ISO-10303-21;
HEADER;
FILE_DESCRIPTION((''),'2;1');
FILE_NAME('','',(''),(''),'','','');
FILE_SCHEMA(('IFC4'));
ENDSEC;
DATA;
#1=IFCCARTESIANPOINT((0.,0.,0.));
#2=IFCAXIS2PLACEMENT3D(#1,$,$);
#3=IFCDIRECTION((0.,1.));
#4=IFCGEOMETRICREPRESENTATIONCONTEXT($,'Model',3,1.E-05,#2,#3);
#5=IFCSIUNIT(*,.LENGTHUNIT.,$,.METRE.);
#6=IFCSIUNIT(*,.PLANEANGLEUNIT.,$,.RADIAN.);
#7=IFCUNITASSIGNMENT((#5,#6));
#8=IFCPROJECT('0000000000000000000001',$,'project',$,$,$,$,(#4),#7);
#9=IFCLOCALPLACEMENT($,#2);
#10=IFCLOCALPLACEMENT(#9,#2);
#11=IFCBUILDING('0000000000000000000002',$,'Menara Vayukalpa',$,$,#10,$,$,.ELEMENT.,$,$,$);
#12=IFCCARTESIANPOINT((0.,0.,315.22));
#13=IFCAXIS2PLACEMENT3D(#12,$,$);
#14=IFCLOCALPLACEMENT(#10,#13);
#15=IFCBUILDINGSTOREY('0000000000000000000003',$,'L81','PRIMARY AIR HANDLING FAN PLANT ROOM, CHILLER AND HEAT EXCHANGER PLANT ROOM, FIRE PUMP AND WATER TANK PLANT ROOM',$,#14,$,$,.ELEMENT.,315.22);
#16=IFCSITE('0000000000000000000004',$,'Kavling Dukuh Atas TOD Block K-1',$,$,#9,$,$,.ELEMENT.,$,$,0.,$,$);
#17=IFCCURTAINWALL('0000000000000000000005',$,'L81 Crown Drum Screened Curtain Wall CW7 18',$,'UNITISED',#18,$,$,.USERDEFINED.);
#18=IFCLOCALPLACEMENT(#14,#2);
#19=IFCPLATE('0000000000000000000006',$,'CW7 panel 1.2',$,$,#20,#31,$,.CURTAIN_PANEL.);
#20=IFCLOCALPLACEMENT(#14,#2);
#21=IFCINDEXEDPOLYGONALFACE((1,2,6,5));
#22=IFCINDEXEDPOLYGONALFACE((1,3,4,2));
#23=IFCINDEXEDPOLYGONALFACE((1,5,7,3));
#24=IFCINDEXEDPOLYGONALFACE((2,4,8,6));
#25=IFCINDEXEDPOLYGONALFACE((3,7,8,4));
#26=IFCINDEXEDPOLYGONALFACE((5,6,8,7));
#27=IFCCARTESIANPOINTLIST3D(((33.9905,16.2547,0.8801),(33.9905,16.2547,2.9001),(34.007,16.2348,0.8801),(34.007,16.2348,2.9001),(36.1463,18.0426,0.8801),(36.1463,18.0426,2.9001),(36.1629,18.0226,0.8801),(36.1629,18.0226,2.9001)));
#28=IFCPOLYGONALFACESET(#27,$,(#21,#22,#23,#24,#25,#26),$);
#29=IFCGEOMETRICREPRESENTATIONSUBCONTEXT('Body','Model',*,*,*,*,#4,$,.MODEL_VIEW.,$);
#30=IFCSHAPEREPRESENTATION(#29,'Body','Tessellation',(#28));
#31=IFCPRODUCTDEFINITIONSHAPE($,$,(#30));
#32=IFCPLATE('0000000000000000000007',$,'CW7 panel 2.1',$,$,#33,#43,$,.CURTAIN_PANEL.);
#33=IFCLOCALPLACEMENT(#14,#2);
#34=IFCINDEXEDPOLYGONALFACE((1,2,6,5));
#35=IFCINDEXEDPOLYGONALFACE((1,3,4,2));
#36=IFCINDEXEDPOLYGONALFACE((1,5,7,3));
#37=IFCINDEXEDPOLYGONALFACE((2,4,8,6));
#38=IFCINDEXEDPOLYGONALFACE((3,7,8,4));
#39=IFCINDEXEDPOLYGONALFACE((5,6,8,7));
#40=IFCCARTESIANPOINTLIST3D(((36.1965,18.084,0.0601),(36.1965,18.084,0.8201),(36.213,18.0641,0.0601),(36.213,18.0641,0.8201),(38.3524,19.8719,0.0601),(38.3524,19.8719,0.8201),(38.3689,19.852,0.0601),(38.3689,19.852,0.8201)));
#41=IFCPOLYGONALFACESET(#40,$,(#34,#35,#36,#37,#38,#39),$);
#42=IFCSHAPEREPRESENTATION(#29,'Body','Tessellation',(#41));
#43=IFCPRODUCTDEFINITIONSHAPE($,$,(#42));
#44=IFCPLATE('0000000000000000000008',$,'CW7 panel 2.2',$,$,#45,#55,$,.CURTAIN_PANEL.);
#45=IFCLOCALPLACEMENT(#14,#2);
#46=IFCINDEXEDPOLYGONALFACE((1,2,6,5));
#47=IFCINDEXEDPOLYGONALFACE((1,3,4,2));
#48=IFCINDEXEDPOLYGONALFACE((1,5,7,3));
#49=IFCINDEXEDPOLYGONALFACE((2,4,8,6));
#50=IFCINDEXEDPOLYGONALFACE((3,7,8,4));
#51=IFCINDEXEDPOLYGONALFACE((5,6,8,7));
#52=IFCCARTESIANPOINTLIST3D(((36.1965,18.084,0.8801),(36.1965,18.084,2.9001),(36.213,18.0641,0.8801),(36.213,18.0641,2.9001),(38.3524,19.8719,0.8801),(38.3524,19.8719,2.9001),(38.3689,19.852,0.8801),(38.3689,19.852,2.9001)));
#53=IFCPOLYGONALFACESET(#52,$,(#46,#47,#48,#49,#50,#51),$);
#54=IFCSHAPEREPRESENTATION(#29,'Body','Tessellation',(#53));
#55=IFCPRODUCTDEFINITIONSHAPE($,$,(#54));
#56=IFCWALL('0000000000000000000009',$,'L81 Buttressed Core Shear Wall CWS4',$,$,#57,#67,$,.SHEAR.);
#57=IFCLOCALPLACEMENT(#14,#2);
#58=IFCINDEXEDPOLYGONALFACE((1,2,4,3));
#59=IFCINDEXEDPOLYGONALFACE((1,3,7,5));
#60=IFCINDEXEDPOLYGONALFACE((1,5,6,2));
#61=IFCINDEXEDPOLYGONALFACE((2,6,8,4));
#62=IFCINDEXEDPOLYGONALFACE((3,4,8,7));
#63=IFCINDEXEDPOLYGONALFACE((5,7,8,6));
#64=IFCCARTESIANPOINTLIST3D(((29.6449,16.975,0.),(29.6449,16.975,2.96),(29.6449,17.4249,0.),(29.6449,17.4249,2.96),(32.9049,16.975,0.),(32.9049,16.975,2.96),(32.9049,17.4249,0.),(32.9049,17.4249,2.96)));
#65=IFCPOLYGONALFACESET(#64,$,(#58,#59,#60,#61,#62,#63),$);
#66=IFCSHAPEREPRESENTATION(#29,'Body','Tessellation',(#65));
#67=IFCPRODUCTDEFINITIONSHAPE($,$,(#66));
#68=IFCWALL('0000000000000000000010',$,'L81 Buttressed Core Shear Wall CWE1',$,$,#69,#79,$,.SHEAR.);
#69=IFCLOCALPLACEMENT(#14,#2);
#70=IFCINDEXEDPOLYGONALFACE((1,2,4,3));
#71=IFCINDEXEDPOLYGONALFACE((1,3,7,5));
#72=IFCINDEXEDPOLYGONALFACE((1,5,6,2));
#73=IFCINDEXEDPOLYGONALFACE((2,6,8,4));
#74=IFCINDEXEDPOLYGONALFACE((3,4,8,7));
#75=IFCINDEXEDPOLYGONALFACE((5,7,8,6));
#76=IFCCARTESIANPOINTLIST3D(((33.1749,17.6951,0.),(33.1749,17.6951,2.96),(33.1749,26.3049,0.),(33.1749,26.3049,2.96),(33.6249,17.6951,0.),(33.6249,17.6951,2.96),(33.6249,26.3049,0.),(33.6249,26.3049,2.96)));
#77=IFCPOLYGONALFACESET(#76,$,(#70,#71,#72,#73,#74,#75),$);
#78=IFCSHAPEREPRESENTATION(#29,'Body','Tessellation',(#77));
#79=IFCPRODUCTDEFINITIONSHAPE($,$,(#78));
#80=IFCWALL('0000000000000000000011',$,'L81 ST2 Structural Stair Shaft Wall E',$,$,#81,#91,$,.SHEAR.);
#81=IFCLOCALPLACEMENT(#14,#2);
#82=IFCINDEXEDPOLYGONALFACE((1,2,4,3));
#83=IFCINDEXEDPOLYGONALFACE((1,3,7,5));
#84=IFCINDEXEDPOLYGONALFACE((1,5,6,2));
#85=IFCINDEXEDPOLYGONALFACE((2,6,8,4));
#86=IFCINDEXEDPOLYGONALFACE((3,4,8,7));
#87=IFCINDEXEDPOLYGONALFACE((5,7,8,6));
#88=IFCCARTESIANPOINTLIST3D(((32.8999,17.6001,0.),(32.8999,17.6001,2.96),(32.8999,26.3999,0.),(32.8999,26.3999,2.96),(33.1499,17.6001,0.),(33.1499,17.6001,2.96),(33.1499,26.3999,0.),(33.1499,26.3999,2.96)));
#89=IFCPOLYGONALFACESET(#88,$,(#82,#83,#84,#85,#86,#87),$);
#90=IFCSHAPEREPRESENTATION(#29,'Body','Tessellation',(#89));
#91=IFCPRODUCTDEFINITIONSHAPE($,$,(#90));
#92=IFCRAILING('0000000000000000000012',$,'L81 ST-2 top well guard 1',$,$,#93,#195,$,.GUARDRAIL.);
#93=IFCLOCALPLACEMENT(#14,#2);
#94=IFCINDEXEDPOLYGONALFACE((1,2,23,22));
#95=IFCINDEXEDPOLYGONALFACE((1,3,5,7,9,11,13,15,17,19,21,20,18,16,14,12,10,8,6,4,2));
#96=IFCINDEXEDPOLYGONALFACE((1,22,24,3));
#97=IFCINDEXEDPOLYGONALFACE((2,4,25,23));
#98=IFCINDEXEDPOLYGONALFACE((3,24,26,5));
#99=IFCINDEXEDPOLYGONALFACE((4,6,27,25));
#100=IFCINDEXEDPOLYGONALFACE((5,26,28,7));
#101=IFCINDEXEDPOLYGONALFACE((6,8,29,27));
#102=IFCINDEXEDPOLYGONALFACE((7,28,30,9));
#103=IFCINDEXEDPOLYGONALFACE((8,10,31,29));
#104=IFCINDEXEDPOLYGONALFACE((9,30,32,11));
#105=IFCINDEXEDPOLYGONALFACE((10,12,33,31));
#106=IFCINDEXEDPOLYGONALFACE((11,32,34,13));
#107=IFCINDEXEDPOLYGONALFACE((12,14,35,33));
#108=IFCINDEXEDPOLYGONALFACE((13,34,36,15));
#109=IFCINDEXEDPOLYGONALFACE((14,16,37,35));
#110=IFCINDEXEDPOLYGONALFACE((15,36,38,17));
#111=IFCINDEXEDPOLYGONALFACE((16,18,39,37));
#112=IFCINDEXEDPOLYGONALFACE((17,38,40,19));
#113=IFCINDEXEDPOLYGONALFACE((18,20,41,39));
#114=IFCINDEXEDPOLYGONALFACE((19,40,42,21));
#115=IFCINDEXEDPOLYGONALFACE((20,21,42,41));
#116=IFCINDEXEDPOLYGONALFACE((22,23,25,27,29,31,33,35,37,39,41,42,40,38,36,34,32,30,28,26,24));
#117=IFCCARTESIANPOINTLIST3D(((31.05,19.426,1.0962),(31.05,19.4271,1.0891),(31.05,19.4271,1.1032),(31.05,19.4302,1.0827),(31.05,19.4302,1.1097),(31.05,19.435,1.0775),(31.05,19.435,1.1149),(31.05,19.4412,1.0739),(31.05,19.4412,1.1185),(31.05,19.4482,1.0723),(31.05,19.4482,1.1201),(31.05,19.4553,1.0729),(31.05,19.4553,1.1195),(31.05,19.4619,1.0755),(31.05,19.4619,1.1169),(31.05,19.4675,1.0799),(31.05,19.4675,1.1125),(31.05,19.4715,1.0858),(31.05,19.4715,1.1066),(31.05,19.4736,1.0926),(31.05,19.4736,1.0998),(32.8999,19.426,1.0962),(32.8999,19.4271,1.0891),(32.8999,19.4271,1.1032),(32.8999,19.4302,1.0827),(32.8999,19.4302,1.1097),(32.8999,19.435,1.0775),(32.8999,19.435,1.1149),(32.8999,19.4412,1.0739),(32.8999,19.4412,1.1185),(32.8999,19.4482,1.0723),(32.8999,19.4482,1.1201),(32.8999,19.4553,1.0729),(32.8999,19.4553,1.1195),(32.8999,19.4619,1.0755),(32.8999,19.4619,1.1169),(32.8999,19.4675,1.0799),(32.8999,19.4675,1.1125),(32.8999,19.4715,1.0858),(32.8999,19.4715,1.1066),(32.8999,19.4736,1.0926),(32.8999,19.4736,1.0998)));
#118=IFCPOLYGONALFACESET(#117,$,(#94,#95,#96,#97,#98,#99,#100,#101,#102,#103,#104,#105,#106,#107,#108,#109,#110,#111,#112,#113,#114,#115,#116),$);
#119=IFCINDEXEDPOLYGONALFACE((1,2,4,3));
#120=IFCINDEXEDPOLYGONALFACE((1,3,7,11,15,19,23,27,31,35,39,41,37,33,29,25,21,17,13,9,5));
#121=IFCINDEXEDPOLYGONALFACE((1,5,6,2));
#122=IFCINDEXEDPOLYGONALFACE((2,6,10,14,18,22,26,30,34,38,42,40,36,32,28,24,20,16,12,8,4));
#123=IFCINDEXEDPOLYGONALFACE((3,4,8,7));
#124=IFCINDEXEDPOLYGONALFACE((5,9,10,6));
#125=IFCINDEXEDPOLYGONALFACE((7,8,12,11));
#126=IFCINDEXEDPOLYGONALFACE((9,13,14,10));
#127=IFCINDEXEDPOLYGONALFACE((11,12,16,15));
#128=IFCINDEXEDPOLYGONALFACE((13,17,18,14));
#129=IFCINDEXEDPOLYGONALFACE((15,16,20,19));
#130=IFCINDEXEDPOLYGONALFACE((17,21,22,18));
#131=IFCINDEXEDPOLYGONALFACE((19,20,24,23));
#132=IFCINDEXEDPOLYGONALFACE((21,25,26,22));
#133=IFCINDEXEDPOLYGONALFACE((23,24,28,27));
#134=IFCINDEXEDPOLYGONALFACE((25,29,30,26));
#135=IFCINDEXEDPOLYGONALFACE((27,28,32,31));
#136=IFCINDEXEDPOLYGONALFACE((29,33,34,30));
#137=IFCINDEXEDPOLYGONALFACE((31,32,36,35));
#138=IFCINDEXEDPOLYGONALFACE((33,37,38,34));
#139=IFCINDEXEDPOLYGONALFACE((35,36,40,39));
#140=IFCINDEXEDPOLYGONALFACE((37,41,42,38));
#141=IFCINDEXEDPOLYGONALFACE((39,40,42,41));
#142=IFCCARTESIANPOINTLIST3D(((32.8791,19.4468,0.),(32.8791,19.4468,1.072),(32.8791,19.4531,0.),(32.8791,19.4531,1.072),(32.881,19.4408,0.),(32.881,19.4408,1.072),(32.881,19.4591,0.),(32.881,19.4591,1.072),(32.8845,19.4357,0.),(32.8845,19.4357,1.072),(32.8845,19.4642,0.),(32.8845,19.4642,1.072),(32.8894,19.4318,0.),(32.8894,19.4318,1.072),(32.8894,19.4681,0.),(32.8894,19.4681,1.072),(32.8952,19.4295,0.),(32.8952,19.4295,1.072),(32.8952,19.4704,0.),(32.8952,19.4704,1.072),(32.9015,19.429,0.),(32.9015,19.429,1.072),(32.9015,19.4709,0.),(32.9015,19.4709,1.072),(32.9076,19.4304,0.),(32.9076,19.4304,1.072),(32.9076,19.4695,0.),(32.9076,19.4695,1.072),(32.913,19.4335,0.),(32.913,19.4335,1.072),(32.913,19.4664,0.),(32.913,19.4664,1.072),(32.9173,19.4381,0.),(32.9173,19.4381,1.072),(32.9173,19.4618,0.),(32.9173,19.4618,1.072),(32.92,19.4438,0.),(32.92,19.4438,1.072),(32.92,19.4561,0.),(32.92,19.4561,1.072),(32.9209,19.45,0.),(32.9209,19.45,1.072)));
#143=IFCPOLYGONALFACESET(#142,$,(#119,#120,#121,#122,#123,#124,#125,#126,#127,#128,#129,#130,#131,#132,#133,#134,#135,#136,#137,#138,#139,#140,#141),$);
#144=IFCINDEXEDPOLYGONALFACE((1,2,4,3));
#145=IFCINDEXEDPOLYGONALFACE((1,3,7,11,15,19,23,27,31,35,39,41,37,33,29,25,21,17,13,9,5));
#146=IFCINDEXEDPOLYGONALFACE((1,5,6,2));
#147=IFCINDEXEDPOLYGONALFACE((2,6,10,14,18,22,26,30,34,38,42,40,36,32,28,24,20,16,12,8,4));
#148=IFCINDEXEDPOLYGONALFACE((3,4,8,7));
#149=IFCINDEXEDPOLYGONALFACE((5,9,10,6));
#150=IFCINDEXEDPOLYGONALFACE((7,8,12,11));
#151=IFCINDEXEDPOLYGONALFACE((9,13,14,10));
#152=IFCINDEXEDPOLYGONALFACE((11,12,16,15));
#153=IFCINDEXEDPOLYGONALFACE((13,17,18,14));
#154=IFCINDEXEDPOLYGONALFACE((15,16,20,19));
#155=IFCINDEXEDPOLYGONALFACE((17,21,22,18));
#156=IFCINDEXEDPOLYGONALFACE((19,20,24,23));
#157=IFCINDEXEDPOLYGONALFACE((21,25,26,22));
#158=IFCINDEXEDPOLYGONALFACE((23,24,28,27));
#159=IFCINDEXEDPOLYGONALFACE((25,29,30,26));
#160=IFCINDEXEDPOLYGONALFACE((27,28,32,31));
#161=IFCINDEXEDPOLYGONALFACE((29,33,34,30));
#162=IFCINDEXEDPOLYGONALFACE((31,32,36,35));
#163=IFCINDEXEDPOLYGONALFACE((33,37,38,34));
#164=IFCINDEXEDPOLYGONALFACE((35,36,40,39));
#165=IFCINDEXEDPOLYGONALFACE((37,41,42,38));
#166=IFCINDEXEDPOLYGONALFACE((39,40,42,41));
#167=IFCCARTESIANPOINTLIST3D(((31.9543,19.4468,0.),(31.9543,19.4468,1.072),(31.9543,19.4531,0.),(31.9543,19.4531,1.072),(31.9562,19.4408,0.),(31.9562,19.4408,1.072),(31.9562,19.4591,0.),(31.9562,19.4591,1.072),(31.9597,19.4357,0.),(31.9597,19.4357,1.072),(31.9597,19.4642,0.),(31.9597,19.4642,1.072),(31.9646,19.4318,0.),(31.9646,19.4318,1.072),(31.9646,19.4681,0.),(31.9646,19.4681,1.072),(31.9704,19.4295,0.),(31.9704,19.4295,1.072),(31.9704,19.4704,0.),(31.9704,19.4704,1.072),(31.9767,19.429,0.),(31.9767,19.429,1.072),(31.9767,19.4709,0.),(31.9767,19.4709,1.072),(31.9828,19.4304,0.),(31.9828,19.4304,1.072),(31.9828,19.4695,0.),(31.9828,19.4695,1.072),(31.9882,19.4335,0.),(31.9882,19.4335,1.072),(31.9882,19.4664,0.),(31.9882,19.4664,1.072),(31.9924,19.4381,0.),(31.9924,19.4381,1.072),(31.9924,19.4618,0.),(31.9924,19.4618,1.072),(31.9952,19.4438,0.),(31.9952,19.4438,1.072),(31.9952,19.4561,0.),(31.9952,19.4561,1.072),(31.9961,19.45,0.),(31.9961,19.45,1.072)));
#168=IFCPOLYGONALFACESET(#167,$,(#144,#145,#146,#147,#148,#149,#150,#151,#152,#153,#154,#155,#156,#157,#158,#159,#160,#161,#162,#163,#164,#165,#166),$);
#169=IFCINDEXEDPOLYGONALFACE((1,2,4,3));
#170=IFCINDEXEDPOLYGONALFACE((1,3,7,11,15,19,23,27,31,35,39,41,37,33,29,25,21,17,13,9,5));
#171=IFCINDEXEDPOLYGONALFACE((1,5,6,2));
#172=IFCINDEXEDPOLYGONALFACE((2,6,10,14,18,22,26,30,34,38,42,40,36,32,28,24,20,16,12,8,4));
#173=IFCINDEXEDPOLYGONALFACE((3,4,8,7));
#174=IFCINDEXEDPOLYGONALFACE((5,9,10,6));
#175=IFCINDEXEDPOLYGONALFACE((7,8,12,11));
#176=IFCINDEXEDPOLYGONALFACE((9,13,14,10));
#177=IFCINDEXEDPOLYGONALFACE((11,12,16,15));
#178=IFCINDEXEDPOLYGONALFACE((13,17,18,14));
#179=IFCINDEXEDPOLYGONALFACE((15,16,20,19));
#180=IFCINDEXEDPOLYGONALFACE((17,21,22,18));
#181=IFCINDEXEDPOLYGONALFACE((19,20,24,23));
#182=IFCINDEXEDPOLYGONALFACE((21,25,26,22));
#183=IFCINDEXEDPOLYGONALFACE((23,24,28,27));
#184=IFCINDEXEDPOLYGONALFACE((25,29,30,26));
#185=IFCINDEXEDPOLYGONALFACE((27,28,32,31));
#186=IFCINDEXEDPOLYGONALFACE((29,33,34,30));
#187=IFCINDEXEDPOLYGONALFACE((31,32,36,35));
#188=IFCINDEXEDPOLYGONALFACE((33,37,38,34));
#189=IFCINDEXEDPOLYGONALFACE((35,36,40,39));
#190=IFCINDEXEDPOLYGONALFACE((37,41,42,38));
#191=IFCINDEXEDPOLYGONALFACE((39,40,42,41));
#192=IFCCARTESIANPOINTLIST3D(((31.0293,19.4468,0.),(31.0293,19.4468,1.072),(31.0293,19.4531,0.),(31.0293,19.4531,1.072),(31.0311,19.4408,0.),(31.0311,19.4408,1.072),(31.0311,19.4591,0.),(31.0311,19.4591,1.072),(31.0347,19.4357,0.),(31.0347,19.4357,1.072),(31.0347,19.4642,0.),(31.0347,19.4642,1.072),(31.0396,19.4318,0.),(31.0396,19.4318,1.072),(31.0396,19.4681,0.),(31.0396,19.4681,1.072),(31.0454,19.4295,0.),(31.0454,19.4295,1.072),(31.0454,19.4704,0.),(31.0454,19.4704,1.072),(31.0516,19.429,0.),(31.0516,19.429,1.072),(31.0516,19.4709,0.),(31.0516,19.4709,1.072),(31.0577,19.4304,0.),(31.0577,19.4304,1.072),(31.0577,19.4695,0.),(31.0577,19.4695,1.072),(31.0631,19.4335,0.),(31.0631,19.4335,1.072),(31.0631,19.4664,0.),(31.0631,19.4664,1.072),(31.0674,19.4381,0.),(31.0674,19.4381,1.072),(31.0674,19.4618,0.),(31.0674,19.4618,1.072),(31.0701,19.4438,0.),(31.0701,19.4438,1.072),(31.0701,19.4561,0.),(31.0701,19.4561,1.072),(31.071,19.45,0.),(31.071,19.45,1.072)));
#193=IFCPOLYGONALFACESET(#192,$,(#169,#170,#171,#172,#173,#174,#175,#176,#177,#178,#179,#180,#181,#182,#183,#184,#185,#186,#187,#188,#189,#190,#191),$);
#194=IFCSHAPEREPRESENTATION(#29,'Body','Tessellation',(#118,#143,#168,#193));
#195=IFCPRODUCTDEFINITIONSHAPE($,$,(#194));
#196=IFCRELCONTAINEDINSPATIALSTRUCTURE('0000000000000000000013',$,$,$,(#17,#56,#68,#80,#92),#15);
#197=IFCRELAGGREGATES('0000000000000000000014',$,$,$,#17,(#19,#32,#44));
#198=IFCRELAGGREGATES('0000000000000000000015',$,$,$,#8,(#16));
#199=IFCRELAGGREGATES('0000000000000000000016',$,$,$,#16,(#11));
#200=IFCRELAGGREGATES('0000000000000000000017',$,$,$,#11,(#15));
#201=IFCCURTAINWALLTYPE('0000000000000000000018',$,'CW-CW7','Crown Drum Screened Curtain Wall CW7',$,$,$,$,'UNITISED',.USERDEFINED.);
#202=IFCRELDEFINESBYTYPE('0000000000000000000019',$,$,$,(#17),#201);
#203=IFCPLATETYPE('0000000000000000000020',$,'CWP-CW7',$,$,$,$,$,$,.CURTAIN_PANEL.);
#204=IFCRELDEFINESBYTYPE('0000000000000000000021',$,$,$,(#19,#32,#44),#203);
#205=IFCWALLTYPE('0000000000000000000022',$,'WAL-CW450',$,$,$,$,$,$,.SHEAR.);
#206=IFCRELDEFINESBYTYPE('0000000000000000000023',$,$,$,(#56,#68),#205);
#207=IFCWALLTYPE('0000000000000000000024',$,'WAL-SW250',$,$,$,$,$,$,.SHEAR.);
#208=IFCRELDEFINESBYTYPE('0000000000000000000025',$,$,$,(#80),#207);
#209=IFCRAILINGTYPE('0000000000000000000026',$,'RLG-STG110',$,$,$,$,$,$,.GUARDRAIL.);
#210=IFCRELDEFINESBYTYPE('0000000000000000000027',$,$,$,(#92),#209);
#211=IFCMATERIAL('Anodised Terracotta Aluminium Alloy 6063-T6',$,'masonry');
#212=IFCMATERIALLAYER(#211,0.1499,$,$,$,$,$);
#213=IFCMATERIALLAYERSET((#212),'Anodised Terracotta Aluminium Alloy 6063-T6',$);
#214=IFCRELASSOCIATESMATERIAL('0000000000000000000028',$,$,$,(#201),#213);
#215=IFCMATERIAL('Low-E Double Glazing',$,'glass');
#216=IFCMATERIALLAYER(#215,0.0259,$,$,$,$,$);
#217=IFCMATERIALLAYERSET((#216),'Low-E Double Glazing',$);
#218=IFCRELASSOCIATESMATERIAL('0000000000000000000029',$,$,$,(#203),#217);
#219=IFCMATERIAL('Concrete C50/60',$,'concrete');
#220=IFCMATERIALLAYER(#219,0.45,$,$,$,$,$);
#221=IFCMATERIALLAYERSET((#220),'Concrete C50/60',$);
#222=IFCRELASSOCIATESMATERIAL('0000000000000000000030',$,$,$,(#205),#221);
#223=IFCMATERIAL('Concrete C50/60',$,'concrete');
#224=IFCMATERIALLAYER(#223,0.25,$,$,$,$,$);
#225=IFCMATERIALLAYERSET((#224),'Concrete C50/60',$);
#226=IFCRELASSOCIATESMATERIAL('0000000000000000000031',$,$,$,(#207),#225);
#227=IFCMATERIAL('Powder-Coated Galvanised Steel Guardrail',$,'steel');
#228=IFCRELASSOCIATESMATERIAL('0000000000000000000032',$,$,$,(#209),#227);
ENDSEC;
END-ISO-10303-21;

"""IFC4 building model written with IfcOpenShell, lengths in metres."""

from ifc_helpers import new_model, si_unit, direction, frame, frame_2d, origin, origin_2d, place, context, subcontext, project, spatial, rectangle, circle, extrude, material, layer, layer_set, type_object, element, aggregate, save


model = new_model("IFC4")

# Units and contexts
model_context = context("Model", 3, precision=1e-05, world=origin(), true_north=direction((0.0, 1.0)))
body_context = subcontext(model_context, "Body", "Model", "MODEL_VIEW")
ifc_project = project(units=[si_unit("LENGTHUNIT", "METRE"), si_unit("PLANEANGLEUNIT", "RADIAN")], contexts=[model_context])

# Site, building, storey
site_placement = place(None, origin())
site = spatial("IfcSite", under=ifc_project, at=site_placement, Name="Kavling Dukuh Atas TOD Block K-1", CompositionType="ELEMENT", RefElevation=0.0)
building_placement = place(site_placement, origin())
building = spatial("IfcBuilding", under=site, at=building_placement, Name="Menara Vayukalpa", CompositionType="ELEMENT")
storey_placement = place(building_placement, frame((0.0, 0.0, 315.22)))
storey = spatial("IfcBuildingStorey", under=building, at=storey_placement, Name="L81", Description="PRIMARY AIR HANDLING FAN PLANT ROOM, CHILLER AND HEAT EXCHANGER PLANT ROOM, FIRE PUMP AND WATER TANK PLANT ROOM", CompositionType="ELEMENT", Elevation=315.22)

# Curtain wall
ifc_material_1 = material(Name="Anodised Terracotta Aluminium Alloy 6063-T6", Category="masonry")
ifc_layer_1 = layer(ifc_material_1, 0.1499)
ifc_layer_set_1 = layer_set([ifc_layer_1], Name="Anodised Terracotta Aluminium Alloy 6063-T6")
curtain_wall_type = type_object("IfcCurtainWallType", Name="CW-CW7", Description="Crown Drum Screened Curtain Wall CW7", ElementType="UNITISED", PredefinedType="USERDEFINED", material=ifc_layer_set_1)
curtain_wall_1_placement = place(storey_placement, origin())
curtain_wall_1 = element("IfcCurtainWall", 1, at=curtain_wall_1_placement, inside=storey, type_object=curtain_wall_type, Name="L81 Crown Drum Screened Curtain Wall CW7 18", ObjectType="UNITISED", PredefinedType="USERDEFINED")

# Plates
ifc_material_2 = material(Name="Low-E Double Glazing", Category="glass")
ifc_layer_2 = layer(ifc_material_2, 0.0259)
ifc_layer_set_2 = layer_set([ifc_layer_2], Name="Low-E Double Glazing")
plate_type = type_object("IfcPlateType", Name="CWP-CW7", PredefinedType="CURTAIN_PANEL", material=ifc_layer_set_2)
plate_1_placement = place(storey_placement, frame((35.0767, 17.1387, 0.8801), z_axis=(0.0, 0.0, 1.0), x_axis=(0.769749, 0.638347, 0.0)))
plate_1 = element("IfcPlate", 2, at=plate_1_placement, type_object=plate_type, Name="CW7 panel 1.2", PredefinedType="CURTAIN_PANEL", context=body_context, shape_type="SweptSolid", body=[
    extrude(rectangle(XDim=2.8008, YDim=0.0259, at=origin_2d()), origin(), (0.0, 0.0, 1.0), 2.02),
])
plate_2_placement = place(storey_placement, frame((37.2827, 18.968, 0.0601), z_axis=(0.0, 0.0, 1.0), x_axis=(0.769749, 0.638347, 0.0)))
plate_2 = element("IfcPlate", 3, at=plate_2_placement, type_object=plate_type, Name="CW7 panel 2.1", PredefinedType="CURTAIN_PANEL", context=body_context, shape_type="SweptSolid", body=[
    extrude(rectangle(XDim=2.8008, YDim=0.0259, at=origin_2d()), origin(), (0.0, 0.0, 1.0), 0.76),
])
plate_3_placement = place(storey_placement, frame((37.2827, 18.968, 0.8801), z_axis=(0.0, 0.0, 1.0), x_axis=(0.769749, 0.638347, 0.0)))
plate_3 = element("IfcPlate", 4, at=plate_3_placement, type_object=plate_type, Name="CW7 panel 2.2", PredefinedType="CURTAIN_PANEL", context=body_context, shape_type="SweptSolid", body=[
    extrude(rectangle(XDim=2.8008, YDim=0.0259, at=origin_2d()), origin(), (0.0, 0.0, 1.0), 2.02),
])
aggregate(curtain_wall_1, [plate_1, plate_2, plate_3])

# Walls
ifc_material_3 = material(Name="Concrete C50/60", Category="concrete")
ifc_layer_3 = layer(ifc_material_3, 0.45)
ifc_layer_set_3 = layer_set([ifc_layer_3], Name="Concrete C50/60")
wall_type_1 = type_object("IfcWallType", Name="WAL-CW450", PredefinedType="SHEAR", material=ifc_layer_set_3)
wall_1_placement = place(storey_placement, frame((29.645, 17.2, 0.0), z_axis=(0.0, 0.0, 1.0), x_axis=(1.0, 0.0, 0.0)))
element("IfcWall", 5, at=wall_1_placement, inside=storey, type_object=wall_type_1, Name="L81 Buttressed Core Shear Wall CWS4", PredefinedType="SHEAR", context=body_context, shape_type="SweptSolid", body=[
    extrude(rectangle(XDim=3.26, YDim=0.45, at=frame_2d((1.6299, 0.0))), origin(), (0.0, 0.0, 1.0), 2.96),
])
wall_2_placement = place(storey_placement, frame((33.3999, 17.6951, 0.0), z_axis=(0.0, 0.0, 1.0), x_axis=(0.0, 1.0, 0.0)))
element("IfcWall", 6, at=wall_2_placement, inside=storey, type_object=wall_type_1, Name="L81 Buttressed Core Shear Wall CWE1", PredefinedType="SHEAR", context=body_context, shape_type="SweptSolid", body=[
    extrude(rectangle(XDim=8.6099, YDim=0.45, at=frame_2d((4.3049, 0.0))), origin(), (0.0, 0.0, 1.0), 2.96),
])
ifc_material_4 = material(Name="Concrete C50/60", Category="concrete")
ifc_layer_4 = layer(ifc_material_4, 0.25)
ifc_layer_set_4 = layer_set([ifc_layer_4], Name="Concrete C50/60")
wall_type_2 = type_object("IfcWallType", Name="WAL-SW250", PredefinedType="SHEAR", material=ifc_layer_set_4)
wall_3_placement = place(storey_placement, frame((33.0249, 17.6001, 0.0), z_axis=(0.0, 0.0, 1.0), x_axis=(0.0, 1.0, 0.0)))
element("IfcWall", 7, at=wall_3_placement, inside=storey, type_object=wall_type_2, Name="L81 ST2 Structural Stair Shaft Wall E", PredefinedType="SHEAR", context=body_context, shape_type="SweptSolid", body=[
    extrude(rectangle(XDim=8.7998, YDim=0.25, at=frame_2d((4.3999, 0.0))), origin(), (0.0, 0.0, 1.0), 2.96),
])

# Railing
ifc_material_5 = material(Name="Powder-Coated Galvanised Steel Guardrail", Category="steel")
railing_type = type_object("IfcRailingType", Name="RLG-STG110", PredefinedType="GUARDRAIL", material=ifc_material_5)
railing_placement = place(storey_placement, frame((32.8999, 19.45, 0.0)))
element("IfcRailing", 8, at=railing_placement, inside=storey, type_object=railing_type, Name="L81 ST-2 top well guard 1", PredefinedType="GUARDRAIL", context=body_context, shape_type="SweptSolid", body=[
    extrude(circle(Radius=0.0239, at=origin_2d()), frame((0.0, 0.0, 1.0962), z_axis=(-1.0, 0.0, 0.0), x_axis=(0.0, -1.0, 0.0)), (0.0, 0.0, 1.0), 1.8499),
    extrude(circle(Radius=0.021, at=origin_2d()), origin(), (0.0, 0.0, 1.0), 1.072),
    extrude(circle(Radius=0.021, at=origin_2d()), frame((-0.9248, 0.0, 0.0)), (0.0, 0.0, 1.0), 1.072),
    extrude(circle(Radius=0.021, at=origin_2d()), frame((-1.8499, 0.0, 0.0)), (0.0, 0.0, 1.0), 1.072),
])

save(model, "model.ifc")
